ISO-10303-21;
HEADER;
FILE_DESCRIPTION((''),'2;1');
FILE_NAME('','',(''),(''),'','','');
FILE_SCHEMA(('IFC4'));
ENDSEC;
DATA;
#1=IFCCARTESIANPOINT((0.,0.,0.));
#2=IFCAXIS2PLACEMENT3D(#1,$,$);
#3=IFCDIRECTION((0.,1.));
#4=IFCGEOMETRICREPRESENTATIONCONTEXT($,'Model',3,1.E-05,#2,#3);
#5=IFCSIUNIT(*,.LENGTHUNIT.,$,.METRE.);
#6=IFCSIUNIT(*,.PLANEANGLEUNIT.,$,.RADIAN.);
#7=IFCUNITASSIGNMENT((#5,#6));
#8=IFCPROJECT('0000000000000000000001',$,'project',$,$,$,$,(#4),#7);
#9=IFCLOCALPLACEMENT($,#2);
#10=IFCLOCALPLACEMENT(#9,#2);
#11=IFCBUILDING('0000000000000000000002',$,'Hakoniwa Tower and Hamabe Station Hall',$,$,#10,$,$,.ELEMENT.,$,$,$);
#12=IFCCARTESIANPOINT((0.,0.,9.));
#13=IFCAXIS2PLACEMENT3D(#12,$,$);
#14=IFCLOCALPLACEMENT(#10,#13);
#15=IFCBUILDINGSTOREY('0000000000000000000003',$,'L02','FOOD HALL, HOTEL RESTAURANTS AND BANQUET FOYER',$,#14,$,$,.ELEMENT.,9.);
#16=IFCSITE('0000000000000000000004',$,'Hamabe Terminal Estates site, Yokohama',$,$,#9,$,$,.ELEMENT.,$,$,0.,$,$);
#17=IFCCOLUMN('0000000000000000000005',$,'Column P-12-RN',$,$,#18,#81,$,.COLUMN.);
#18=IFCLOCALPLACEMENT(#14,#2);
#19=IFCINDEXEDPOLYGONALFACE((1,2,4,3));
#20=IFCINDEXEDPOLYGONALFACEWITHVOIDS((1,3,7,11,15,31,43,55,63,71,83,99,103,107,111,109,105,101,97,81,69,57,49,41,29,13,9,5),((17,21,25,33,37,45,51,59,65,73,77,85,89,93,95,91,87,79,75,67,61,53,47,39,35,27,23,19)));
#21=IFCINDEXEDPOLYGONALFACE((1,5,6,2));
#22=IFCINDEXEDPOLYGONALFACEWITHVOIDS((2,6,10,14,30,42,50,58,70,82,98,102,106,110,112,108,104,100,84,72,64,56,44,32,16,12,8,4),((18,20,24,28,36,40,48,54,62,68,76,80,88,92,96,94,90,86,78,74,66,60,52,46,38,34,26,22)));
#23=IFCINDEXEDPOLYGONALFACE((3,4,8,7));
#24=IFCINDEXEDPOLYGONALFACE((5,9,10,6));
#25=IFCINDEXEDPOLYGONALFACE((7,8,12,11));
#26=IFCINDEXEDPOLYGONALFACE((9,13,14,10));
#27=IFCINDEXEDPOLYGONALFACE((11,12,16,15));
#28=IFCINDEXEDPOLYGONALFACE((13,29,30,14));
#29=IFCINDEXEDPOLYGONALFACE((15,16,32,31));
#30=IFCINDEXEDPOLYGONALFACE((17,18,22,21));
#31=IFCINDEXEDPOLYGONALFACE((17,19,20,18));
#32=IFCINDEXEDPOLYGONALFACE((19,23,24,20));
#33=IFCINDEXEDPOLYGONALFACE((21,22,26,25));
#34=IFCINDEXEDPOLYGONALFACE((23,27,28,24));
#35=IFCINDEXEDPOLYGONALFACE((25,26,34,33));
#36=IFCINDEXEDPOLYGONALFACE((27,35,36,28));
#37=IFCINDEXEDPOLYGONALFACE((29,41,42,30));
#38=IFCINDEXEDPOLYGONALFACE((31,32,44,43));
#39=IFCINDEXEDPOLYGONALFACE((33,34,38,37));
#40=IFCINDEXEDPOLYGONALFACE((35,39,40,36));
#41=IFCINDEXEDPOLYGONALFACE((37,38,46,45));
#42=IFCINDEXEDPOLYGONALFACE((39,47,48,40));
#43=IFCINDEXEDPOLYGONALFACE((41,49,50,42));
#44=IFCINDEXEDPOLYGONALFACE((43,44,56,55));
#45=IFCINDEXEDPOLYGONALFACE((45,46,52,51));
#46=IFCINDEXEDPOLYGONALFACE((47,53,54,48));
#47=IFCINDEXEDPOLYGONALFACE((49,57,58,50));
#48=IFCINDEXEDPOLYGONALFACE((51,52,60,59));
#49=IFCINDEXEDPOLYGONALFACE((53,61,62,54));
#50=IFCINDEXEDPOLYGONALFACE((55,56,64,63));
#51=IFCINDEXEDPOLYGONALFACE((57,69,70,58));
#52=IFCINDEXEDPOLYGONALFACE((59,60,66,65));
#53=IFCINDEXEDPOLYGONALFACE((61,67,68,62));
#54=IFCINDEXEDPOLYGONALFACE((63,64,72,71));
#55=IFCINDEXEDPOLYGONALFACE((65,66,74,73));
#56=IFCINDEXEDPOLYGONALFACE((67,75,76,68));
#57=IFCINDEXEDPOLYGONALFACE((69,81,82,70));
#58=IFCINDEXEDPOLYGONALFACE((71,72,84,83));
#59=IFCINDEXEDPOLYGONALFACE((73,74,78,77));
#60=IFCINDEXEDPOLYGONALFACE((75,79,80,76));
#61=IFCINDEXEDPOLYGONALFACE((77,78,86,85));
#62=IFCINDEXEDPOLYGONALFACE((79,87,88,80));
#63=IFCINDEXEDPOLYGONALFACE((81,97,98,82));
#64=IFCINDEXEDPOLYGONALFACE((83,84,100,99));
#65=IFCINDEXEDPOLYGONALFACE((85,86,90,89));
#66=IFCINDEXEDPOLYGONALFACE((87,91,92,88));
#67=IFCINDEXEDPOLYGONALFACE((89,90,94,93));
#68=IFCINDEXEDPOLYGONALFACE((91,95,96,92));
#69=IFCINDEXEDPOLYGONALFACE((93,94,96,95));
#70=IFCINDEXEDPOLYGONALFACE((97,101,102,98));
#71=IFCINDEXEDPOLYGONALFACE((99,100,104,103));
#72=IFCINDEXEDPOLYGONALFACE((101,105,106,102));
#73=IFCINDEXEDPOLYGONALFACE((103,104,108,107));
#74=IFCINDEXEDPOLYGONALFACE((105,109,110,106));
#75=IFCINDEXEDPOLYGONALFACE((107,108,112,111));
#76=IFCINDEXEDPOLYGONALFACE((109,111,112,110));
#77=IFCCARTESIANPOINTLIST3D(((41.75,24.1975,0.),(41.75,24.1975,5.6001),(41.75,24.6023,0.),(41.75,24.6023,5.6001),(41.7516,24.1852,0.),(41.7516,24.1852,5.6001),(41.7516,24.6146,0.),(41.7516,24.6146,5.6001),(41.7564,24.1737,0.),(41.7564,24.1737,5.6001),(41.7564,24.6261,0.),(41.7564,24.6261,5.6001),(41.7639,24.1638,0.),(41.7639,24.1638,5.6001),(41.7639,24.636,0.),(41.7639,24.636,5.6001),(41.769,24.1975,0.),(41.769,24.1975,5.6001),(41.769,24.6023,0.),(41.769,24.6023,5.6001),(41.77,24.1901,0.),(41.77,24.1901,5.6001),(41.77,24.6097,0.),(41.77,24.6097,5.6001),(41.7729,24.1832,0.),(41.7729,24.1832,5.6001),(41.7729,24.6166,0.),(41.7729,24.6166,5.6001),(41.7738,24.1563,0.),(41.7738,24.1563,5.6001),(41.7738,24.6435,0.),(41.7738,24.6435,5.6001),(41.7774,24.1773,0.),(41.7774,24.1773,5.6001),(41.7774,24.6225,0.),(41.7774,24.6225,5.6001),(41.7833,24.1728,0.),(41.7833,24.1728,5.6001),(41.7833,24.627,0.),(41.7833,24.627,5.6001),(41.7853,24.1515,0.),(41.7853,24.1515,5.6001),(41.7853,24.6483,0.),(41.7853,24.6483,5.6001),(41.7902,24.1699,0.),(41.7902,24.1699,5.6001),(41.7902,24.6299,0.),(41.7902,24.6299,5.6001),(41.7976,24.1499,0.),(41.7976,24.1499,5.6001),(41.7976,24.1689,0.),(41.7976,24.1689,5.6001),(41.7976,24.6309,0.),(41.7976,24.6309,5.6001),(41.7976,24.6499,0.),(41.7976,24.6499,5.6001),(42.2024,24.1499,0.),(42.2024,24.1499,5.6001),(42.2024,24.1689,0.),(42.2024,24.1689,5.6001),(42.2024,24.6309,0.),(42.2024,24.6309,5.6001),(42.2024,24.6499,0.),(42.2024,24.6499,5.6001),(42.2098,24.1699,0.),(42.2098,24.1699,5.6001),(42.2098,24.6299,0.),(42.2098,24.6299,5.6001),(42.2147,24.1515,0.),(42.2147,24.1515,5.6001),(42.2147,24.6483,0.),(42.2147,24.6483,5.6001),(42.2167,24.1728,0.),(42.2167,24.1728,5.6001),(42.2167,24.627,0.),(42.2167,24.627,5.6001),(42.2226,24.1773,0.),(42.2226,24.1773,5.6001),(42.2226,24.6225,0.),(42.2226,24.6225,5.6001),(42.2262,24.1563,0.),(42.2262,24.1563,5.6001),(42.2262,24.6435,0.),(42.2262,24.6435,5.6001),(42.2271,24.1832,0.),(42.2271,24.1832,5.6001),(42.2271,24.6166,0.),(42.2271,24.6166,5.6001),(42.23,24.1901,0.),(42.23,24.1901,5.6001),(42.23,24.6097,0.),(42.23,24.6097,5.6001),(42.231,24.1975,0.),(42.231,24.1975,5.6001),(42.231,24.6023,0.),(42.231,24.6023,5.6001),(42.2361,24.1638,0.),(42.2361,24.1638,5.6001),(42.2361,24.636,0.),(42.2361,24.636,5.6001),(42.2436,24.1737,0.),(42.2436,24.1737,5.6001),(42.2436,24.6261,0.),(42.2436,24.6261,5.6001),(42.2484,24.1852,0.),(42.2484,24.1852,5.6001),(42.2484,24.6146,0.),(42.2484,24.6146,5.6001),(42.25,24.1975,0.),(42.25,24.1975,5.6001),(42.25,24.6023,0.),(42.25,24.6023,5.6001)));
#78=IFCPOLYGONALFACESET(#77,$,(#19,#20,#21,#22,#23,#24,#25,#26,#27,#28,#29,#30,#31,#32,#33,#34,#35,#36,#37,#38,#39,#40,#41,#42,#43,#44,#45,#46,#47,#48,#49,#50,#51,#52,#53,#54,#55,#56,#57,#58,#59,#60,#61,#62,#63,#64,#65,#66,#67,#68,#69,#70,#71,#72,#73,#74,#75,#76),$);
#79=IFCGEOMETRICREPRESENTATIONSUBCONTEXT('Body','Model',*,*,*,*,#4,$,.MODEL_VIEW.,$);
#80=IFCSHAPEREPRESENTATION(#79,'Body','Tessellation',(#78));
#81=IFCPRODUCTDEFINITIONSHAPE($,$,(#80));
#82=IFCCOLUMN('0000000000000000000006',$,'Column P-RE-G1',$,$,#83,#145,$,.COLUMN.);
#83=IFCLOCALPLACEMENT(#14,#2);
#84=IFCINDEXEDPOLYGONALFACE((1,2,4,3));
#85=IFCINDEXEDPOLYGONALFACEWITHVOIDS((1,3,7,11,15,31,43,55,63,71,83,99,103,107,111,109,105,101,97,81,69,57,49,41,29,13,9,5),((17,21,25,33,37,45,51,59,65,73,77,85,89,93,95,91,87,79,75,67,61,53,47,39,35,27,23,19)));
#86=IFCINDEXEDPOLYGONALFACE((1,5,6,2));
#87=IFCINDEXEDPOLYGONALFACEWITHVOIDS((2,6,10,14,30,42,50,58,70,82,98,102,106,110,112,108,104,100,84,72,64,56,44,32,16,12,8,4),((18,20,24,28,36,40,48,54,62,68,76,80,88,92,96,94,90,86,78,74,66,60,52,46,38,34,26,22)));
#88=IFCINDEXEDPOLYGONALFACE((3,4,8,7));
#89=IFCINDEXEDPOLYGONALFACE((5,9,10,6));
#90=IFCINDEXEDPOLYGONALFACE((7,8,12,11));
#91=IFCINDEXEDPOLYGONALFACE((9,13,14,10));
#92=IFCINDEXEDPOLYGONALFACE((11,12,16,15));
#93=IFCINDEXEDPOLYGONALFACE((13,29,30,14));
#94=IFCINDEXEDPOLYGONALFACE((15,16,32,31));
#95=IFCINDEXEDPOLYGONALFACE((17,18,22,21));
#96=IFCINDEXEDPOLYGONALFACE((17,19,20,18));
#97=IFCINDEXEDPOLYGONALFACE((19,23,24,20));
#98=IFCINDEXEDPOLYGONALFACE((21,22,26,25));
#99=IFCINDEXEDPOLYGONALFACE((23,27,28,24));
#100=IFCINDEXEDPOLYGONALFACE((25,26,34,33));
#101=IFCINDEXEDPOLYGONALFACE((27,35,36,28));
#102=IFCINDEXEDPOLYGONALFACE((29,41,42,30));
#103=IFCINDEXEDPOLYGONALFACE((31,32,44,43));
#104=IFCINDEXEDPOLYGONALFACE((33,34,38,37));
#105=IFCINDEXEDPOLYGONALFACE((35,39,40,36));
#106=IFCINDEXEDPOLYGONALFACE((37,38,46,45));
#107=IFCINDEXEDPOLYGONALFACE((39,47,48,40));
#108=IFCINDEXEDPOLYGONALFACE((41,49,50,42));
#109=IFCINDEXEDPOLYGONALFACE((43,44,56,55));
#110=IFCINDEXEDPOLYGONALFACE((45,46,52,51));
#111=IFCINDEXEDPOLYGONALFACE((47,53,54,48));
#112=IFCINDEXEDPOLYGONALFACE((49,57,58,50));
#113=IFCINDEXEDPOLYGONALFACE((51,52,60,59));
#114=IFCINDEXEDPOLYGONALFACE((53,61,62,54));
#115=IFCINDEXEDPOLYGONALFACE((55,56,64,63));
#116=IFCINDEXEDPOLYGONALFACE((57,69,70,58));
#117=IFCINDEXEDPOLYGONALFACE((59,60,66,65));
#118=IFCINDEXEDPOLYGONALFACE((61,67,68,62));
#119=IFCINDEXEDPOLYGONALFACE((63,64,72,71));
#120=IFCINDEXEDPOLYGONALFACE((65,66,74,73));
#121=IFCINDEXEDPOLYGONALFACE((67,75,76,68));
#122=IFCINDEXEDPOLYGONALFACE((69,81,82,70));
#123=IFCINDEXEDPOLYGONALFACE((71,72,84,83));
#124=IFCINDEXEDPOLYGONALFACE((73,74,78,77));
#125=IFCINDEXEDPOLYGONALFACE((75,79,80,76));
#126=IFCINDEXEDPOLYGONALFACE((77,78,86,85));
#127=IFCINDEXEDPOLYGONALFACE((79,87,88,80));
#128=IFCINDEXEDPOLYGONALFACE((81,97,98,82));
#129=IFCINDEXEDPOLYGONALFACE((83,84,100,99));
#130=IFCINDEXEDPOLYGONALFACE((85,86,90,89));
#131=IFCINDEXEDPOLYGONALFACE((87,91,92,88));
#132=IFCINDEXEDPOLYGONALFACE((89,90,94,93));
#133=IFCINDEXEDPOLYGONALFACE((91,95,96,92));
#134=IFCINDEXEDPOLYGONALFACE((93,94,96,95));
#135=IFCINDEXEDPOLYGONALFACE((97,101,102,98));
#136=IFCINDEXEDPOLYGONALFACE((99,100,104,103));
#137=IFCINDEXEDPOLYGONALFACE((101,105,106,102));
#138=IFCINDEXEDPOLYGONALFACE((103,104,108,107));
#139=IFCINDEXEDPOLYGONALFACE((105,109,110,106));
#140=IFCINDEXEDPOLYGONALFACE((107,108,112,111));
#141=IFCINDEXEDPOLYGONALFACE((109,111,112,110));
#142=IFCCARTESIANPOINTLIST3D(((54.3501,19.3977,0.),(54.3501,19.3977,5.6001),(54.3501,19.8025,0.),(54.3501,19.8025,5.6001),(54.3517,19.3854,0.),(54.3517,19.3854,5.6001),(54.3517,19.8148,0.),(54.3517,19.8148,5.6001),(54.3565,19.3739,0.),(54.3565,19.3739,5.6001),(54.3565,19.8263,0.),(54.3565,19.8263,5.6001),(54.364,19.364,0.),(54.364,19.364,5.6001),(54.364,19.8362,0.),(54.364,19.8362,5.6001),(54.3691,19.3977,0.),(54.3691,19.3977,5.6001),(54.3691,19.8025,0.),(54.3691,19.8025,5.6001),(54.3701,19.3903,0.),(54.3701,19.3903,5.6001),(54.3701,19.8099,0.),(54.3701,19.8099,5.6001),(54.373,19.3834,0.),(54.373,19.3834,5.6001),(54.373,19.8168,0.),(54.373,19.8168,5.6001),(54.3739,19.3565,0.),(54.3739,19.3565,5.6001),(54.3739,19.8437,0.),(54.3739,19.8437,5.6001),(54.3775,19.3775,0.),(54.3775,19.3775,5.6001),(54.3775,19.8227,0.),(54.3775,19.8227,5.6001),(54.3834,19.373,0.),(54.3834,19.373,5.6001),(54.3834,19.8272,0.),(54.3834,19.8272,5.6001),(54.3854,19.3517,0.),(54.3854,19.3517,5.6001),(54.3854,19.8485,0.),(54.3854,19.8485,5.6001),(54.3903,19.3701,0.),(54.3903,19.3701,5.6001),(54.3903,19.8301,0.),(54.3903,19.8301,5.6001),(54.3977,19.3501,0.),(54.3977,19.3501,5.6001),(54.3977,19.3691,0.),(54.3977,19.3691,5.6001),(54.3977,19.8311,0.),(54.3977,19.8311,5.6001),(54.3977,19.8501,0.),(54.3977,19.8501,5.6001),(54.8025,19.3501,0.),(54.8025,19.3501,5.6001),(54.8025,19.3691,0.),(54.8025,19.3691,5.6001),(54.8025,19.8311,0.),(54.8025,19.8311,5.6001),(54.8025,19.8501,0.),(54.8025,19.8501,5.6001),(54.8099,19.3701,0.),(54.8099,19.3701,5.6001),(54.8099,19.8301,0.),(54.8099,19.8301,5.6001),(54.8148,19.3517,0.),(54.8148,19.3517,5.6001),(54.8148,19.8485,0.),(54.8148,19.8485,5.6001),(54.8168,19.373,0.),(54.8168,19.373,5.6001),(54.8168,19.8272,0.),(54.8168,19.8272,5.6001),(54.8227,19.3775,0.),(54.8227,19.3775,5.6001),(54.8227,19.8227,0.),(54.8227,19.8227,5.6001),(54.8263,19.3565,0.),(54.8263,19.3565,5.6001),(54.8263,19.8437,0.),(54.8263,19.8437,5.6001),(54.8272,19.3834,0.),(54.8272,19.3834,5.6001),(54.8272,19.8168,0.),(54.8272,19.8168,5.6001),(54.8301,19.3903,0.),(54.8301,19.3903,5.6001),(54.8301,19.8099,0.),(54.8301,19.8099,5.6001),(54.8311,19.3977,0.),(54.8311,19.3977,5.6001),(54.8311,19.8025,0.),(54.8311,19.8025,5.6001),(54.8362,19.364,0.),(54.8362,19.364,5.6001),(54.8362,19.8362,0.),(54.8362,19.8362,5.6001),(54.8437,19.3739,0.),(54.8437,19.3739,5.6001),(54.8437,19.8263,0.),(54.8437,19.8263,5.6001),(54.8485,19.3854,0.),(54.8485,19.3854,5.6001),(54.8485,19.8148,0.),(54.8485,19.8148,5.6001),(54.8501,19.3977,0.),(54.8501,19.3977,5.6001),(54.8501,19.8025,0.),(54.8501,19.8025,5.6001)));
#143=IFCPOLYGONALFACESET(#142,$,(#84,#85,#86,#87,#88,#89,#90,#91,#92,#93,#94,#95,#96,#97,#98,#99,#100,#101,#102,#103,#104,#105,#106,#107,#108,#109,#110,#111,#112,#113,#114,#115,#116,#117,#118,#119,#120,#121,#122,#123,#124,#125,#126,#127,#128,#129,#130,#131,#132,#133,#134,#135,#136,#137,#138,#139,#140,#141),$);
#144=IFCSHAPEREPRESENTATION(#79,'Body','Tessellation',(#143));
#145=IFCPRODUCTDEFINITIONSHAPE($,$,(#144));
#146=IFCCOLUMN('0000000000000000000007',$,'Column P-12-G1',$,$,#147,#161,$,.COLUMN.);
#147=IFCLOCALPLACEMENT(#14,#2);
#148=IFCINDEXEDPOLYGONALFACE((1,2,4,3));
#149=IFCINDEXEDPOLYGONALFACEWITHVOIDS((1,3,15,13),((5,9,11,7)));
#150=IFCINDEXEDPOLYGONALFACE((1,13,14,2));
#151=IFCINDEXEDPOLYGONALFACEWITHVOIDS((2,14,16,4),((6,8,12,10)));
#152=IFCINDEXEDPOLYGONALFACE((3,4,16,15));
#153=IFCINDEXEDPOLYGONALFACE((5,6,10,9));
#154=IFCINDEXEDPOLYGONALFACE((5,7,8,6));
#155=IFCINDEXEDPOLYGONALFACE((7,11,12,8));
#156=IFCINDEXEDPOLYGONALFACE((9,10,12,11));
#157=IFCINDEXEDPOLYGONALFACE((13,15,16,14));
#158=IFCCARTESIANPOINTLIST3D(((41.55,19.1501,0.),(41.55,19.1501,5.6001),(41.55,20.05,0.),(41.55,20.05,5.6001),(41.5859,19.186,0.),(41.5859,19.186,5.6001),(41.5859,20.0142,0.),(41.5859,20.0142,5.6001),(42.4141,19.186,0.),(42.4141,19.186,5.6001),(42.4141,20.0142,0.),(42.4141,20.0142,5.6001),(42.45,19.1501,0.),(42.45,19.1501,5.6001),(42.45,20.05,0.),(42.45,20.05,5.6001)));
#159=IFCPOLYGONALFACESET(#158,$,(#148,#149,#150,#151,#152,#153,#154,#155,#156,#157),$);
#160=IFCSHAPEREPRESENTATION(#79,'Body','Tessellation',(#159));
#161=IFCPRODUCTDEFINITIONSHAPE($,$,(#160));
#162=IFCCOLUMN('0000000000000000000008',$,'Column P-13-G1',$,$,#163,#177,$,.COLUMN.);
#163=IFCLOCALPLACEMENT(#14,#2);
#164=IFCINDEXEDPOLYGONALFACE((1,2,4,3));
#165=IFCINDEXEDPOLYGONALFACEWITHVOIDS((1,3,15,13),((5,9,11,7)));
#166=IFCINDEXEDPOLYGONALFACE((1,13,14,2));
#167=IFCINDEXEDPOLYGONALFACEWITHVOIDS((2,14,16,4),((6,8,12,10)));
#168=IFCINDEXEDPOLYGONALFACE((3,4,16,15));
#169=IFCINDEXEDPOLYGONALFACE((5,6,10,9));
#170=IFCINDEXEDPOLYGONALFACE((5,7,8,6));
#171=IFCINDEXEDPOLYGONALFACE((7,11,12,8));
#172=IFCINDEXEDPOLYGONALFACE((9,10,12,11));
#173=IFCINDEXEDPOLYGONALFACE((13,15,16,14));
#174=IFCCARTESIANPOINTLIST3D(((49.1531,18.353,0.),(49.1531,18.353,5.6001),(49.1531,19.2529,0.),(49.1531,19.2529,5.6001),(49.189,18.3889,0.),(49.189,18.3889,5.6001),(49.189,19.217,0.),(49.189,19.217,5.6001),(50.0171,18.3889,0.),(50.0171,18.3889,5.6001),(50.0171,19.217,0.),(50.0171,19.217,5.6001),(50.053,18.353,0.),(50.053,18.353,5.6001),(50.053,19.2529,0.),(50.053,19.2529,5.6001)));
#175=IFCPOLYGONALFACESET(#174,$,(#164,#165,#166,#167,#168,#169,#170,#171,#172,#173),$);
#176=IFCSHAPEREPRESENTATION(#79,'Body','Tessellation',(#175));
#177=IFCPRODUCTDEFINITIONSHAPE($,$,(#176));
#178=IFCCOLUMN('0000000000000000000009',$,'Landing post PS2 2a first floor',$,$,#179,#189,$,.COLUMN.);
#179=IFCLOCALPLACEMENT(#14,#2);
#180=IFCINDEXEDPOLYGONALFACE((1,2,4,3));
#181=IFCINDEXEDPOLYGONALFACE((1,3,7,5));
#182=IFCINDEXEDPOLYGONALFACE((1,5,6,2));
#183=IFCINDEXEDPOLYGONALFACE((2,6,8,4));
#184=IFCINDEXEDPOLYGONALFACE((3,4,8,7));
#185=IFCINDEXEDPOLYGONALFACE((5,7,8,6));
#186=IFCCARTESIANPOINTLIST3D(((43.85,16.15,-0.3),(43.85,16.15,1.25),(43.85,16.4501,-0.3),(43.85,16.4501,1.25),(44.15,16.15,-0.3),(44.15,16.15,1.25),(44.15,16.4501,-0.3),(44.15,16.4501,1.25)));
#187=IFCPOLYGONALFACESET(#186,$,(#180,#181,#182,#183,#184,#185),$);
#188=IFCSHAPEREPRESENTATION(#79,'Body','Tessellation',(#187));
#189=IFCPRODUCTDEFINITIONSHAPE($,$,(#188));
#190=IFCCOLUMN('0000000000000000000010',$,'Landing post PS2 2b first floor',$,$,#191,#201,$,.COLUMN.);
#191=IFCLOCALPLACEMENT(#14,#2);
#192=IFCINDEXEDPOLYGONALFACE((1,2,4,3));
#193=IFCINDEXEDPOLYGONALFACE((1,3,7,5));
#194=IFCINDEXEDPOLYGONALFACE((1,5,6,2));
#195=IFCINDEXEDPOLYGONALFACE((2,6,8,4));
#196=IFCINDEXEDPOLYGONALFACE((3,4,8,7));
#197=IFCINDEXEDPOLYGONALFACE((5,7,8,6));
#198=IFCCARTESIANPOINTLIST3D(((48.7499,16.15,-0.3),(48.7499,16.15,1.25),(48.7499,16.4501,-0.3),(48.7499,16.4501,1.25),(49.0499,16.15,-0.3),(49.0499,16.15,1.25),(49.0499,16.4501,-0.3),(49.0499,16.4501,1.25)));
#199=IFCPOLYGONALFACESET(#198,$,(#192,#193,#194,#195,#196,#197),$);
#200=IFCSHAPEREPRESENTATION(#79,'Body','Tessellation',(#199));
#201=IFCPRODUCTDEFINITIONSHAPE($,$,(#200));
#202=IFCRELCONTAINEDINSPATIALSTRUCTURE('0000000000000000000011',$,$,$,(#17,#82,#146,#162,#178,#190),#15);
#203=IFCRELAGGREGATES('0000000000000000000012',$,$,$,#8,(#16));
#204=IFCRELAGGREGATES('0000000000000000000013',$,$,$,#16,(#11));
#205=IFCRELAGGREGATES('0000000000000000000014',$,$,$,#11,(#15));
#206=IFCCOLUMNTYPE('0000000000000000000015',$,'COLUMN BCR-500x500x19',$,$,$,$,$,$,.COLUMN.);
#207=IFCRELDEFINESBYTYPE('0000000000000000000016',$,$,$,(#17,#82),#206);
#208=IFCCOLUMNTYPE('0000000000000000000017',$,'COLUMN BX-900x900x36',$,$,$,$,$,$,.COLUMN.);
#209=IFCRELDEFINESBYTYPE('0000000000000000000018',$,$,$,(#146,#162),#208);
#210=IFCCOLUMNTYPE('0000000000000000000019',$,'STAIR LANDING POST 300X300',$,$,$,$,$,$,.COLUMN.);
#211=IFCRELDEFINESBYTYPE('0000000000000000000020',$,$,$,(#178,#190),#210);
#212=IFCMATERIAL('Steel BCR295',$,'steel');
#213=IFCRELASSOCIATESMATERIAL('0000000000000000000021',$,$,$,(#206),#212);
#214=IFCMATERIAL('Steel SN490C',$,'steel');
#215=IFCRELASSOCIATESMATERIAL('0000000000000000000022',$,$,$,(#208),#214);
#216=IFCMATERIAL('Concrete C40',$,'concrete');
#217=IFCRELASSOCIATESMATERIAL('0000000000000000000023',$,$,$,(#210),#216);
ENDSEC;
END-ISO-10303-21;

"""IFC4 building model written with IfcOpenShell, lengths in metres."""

from ifc_helpers import new_model, si_unit, direction, frame, origin, origin_2d, place, context, subcontext, project, spatial, rectangle, hollow_rectangle, extrude, material, material_profile, profile_set, type_object, element, save


model = new_model("IFC4")

# Units and contexts
model_context = context("Model", 3, precision=1e-05, world=origin(), true_north=direction((0.0, 1.0)))
body_context = subcontext(model_context, "Body", "Model", "MODEL_VIEW")
ifc_project = project(units=[si_unit("LENGTHUNIT", "METRE"), si_unit("PLANEANGLEUNIT", "RADIAN")], contexts=[model_context])

# Site, building, storey
site_placement = place(None, origin())
site = spatial("IfcSite", under=ifc_project, at=site_placement, Name="Hamabe Terminal Estates site, Yokohama", CompositionType="ELEMENT", RefElevation=0.0)
building_placement = place(site_placement, origin())
building = spatial("IfcBuilding", under=site, at=building_placement, Name="Hakoniwa Tower and Hamabe Station Hall", CompositionType="ELEMENT")
storey_placement = place(building_placement, frame((0.0, 0.0, 9.0)))
storey = spatial("IfcBuildingStorey", under=building, at=storey_placement, Name="L02", Description="FOOD HALL, HOTEL RESTAURANTS AND BANQUET FOYER", CompositionType="ELEMENT", Elevation=9.0)

# Columns
ifc_material_1 = material(Name="Steel BCR295", Category="steel")
ifc_material_profile_1 = material_profile(ifc_material_1, hollow_rectangle(XDim=0.5, YDim=0.5, WallThickness=0.019, InnerFilletRadius=0.0286, OuterFilletRadius=0.0476, at=origin_2d()), Name="BCR-500x500x19")
ifc_profile_set_1 = profile_set([ifc_material_profile_1], Name="Steel BCR295")
column_type_1 = type_object("IfcColumnType", Name="COLUMN BCR-500x500x19", PredefinedType="COLUMN", material=ifc_profile_set_1)
for number, where, z_axis, x_axis, name in (
    (1, (42.0, 24.3999, 0.0), (0.0, 0.0, 1.0), (1.0, 0.0, 0.0), "Column P-12-RN"),
    (2, (54.6001, 19.6001, 0.0), (0.0, 0.0, 1.0), (1.0, 0.0, 0.0), "Column P-RE-G1"),
):
    element("IfcColumn", number, at=place(storey_placement, frame(where, z_axis=z_axis, x_axis=x_axis)), inside=storey, type_object=column_type_1, Name=name, PredefinedType="COLUMN", context=body_context, shape_type="SweptSolid", body=[
        extrude(hollow_rectangle(XDim=0.5, YDim=0.5, WallThickness=0.019, InnerFilletRadius=0.0286, OuterFilletRadius=0.0476, at=origin_2d()), origin(), (0.0, 0.0, 1.0), 5.6001),
    ])
ifc_material_2 = material(Name="Steel SN490C", Category="steel")
ifc_material_profile_2 = material_profile(ifc_material_2, hollow_rectangle(XDim=0.8999, YDim=0.8999, WallThickness=0.0359, at=origin_2d()), Name="BX-900x900x36")
ifc_profile_set_2 = profile_set([ifc_material_profile_2], Name="Steel SN490C")
column_type_2 = type_object("IfcColumnType", Name="COLUMN BX-900x900x36", PredefinedType="COLUMN", material=ifc_profile_set_2)
for number, where, z_axis, x_axis, name in (
    (3, (42.0, 19.6001, 0.0), (0.0, 0.0, 1.0), (1.0, 0.0, 0.0), "Column P-12-G1"),
    (4, (49.603, 18.803, 0.0), (0.0, 0.0, 1.0), (1.0, 0.0, 0.0), "Column P-13-G1"),
):
    element("IfcColumn", number, at=place(storey_placement, frame(where, z_axis=z_axis, x_axis=x_axis)), inside=storey, type_object=column_type_2, Name=name, PredefinedType="COLUMN", context=body_context, shape_type="SweptSolid", body=[
        extrude(hollow_rectangle(XDim=0.8999, YDim=0.8999, WallThickness=0.0359, at=origin_2d()), origin(), (0.0, 0.0, 1.0), 5.6001),
    ])
ifc_material_3 = material(Name="Concrete C40", Category="concrete")
ifc_material_profile_3 = material_profile(ifc_material_3, rectangle(XDim=0.3, YDim=0.3, at=origin_2d()), Name="STAIR LANDING POST 300X300")
ifc_profile_set_3 = profile_set([ifc_material_profile_3], Name="Concrete C40")
column_type_3 = type_object("IfcColumnType", Name="STAIR LANDING POST 300X300", PredefinedType="COLUMN", material=ifc_profile_set_3)
for number, where, z_axis, x_axis, name in (
    (5, (44.0, 16.3, -0.3), (0.0, 0.0, 1.0), (1.0, 0.0, 0.0), "Landing post PS2 2a first floor"),
    (6, (48.8999, 16.3, -0.3), (0.0, 0.0, 1.0), (1.0, 0.0, 0.0), "Landing post PS2 2b first floor"),
):
    element("IfcColumn", number, at=place(storey_placement, frame(where, z_axis=z_axis, x_axis=x_axis)), inside=storey, type_object=column_type_3, Name=name, PredefinedType="COLUMN", context=body_context, shape_type="SweptSolid", body=[
        extrude(rectangle(XDim=0.3, YDim=0.3, at=origin_2d()), origin(), (0.0, 0.0, 1.0), 1.55),
    ])

save(model, "model.ifc")
